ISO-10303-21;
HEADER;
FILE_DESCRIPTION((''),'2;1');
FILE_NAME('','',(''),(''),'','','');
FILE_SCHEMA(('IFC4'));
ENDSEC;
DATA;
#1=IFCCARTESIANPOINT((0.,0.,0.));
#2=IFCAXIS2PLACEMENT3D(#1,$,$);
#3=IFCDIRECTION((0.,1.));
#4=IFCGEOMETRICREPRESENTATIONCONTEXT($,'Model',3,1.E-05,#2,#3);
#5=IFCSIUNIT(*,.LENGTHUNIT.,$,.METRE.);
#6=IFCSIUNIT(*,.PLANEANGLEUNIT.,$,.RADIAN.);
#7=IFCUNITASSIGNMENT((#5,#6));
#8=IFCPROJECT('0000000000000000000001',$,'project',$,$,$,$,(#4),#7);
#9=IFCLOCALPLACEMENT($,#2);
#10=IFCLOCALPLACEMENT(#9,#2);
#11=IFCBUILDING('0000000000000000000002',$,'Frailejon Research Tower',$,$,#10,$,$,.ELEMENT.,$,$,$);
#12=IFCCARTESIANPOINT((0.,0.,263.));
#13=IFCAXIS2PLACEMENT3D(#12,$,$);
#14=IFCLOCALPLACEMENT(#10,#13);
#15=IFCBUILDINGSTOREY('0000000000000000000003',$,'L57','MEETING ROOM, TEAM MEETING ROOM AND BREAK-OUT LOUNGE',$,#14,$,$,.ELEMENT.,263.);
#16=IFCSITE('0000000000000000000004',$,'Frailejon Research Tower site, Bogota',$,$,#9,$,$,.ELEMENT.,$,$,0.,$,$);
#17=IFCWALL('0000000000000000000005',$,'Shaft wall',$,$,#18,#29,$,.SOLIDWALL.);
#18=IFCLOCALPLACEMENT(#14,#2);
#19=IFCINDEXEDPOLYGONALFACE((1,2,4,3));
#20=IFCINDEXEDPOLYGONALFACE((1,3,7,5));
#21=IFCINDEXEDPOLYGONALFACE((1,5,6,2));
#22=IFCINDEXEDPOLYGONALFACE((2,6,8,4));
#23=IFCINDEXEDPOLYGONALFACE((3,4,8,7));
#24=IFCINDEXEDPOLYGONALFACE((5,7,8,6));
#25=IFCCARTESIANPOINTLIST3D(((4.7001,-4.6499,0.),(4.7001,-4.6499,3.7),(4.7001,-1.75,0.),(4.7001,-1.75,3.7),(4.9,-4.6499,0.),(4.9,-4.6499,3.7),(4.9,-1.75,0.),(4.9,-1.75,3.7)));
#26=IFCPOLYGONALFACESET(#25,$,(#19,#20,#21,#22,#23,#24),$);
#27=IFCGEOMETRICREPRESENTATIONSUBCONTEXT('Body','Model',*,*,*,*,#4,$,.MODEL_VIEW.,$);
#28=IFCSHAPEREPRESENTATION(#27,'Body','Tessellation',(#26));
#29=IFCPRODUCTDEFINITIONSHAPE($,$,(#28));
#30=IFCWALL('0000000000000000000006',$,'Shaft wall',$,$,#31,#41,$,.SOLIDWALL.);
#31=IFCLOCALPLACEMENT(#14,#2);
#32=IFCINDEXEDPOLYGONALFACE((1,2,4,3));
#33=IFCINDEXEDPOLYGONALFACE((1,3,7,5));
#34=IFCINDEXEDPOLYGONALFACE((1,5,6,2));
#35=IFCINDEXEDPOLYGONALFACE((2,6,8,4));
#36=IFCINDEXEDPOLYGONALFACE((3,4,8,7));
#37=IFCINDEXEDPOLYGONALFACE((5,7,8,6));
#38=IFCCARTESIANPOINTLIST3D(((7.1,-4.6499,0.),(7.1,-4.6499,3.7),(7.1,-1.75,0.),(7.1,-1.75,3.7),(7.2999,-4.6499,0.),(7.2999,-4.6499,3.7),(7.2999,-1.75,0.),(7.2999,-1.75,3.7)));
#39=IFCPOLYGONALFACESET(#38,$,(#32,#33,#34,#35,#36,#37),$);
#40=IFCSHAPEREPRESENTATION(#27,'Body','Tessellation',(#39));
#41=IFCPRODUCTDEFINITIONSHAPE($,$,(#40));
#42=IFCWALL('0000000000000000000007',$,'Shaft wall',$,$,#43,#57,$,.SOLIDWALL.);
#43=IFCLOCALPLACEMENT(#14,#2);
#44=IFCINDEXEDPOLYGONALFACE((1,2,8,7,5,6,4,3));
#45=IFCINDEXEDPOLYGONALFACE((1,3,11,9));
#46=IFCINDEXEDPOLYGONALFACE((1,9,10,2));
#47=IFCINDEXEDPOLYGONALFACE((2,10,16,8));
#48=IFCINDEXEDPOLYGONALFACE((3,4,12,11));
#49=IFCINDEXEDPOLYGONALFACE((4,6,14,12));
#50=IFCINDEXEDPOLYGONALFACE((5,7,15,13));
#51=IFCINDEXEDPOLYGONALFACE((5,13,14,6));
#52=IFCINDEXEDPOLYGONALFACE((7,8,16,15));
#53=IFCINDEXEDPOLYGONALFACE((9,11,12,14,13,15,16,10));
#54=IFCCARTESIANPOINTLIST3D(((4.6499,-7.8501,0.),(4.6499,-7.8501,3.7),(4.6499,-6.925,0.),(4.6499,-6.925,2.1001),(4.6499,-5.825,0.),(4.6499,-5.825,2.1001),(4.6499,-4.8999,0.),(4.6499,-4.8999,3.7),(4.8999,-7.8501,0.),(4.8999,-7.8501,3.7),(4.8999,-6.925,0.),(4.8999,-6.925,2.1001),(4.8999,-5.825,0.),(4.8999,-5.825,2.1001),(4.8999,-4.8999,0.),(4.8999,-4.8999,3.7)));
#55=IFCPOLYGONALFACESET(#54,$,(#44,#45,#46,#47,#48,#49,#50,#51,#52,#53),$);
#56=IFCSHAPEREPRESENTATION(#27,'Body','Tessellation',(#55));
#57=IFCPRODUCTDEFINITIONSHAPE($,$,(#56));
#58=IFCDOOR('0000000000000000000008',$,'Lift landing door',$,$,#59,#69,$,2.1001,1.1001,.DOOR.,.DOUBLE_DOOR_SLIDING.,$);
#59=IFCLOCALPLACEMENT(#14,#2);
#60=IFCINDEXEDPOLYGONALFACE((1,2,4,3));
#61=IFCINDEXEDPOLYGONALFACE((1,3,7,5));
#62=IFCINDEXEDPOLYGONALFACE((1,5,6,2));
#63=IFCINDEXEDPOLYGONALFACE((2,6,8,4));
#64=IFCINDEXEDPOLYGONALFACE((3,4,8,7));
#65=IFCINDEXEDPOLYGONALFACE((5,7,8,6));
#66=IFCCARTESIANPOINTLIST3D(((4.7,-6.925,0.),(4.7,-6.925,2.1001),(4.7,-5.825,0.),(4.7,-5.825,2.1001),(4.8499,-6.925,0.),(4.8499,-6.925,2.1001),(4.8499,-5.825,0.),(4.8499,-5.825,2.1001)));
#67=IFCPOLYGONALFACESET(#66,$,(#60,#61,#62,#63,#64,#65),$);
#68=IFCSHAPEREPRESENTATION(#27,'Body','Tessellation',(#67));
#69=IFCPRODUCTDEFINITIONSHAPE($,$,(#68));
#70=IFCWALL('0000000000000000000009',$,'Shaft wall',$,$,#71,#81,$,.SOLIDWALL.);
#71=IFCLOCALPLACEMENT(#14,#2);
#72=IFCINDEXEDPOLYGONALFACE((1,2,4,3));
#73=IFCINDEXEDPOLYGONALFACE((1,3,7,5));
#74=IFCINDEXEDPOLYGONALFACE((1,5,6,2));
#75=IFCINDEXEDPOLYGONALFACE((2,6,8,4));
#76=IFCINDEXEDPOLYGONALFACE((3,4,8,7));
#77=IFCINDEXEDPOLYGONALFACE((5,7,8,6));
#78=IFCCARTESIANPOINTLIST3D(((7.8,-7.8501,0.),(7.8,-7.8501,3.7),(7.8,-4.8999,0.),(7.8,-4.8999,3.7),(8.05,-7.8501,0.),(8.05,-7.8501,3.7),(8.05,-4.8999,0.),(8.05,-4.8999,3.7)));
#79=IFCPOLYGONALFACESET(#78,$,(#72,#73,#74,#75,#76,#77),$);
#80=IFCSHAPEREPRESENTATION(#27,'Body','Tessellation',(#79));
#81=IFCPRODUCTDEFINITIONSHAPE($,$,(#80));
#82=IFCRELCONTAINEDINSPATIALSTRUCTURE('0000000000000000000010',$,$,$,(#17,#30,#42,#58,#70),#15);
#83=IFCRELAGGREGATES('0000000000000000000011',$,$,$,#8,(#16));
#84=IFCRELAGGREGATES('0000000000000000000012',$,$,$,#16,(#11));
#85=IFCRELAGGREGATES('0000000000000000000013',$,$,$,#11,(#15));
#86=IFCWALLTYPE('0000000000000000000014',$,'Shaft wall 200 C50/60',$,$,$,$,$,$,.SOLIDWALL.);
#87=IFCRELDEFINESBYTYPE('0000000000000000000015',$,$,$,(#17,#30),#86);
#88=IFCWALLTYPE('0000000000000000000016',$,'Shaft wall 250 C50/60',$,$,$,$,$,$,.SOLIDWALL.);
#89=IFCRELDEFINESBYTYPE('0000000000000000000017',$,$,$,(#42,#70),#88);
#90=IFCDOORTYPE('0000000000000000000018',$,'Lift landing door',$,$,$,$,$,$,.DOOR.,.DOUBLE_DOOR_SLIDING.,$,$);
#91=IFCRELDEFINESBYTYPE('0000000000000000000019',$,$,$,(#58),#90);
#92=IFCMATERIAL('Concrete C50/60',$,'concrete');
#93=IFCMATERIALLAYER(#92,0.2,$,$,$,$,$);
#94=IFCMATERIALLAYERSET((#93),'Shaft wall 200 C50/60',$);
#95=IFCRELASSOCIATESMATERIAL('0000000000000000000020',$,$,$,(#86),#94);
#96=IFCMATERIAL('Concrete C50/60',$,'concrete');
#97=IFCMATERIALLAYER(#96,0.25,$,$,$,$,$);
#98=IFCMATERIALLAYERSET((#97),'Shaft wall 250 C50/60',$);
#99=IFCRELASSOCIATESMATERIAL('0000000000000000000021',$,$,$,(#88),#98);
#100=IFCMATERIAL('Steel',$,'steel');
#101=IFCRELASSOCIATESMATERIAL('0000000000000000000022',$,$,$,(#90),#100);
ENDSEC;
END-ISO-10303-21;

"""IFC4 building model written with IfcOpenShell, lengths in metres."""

from ifc_helpers import new_model, si_unit, direction, frame, frame_2d, origin, place, context, subcontext, project, spatial, rectangle, extrude, material, layer, layer_set, type_object, element, fill, save


model = new_model("IFC4")

# Units and contexts
model_context = context("Model", 3, precision=1e-05, world=origin(), true_north=direction((0.0, 1.0)))
body_context = subcontext(model_context, "Body", "Model", "MODEL_VIEW")
ifc_project = project(units=[si_unit("LENGTHUNIT", "METRE"), si_unit("PLANEANGLEUNIT", "RADIAN")], contexts=[model_context])

# Site, building, storey
site_placement = place(None, origin())
site = spatial("IfcSite", under=ifc_project, at=site_placement, Name="Frailejon Research Tower site, Bogota", CompositionType="ELEMENT", RefElevation=0.0)
building_placement = place(site_placement, origin())
building = spatial("IfcBuilding", under=site, at=building_placement, Name="Frailejon Research Tower", CompositionType="ELEMENT")
storey_placement = place(building_placement, frame((0.0, 0.0, 263.0)))
storey = spatial("IfcBuildingStorey", under=building, at=storey_placement, Name="L57", Description="MEETING ROOM, TEAM MEETING ROOM AND BREAK-OUT LOUNGE", CompositionType="ELEMENT", Elevation=263.0)

# Walls
ifc_material_1 = material(Name="Concrete C50/60", Category="concrete")
ifc_layer_1 = layer(ifc_material_1, 0.2)
ifc_layer_set_1 = layer_set([ifc_layer_1], Name="Shaft wall 200 C50/60")
wall_type_1 = type_object("IfcWallType", Name="Shaft wall 200 C50/60", PredefinedType="SOLIDWALL", material=ifc_layer_set_1)
for number, where, z_axis, x_axis, name in (
    (1, (4.8, -4.6499, 0.0), (0.0, 0.0, 1.0), (0.0, 1.0, 0.0), "Shaft wall"),
    (2, (7.2, -4.6499, 0.0), (0.0, 0.0, 1.0), (0.0, 1.0, 0.0), "Shaft wall"),
):
    element("IfcWall", number, at=place(storey_placement, frame(where, z_axis=z_axis, x_axis=x_axis)), inside=storey, type_object=wall_type_1, Name=name, PredefinedType="SOLIDWALL", context=body_context, shape_type="SweptSolid", body=[
        extrude(rectangle(XDim=2.8999, YDim=0.2, at=frame_2d((1.45, 0.0))), origin(), (0.0, 0.0, 1.0), 3.7),
    ])

# Wall, opening, door
ifc_material_2 = material(Name="Concrete C50/60", Category="concrete")
ifc_layer_2 = layer(ifc_material_2, 0.25)
ifc_layer_set_2 = layer_set([ifc_layer_2], Name="Shaft wall 250 C50/60")
wall_type_2 = type_object("IfcWallType", Name="Shaft wall 250 C50/60", PredefinedType="SOLIDWALL", material=ifc_layer_set_2)
wall_1_placement = place(storey_placement, frame((4.7749, -7.8501, 0.0), z_axis=(0.0, 0.0, 1.0), x_axis=(0.0, 1.0, 0.0)))
wall_1 = element("IfcWall", 3, at=wall_1_placement, inside=storey, type_object=wall_type_2, Name="Shaft wall", PredefinedType="SOLIDWALL", context=body_context, shape_type="SweptSolid", body=[
    extrude(rectangle(XDim=2.9502, YDim=0.25, at=frame_2d((1.4751, 0.0))), origin(), (0.0, 0.0, 1.0), 3.7),
])
opening_1_placement = place(wall_1_placement, frame((0.925, 0.0, 0.0)))
opening_1 = element("IfcOpeningElement", 4, at=opening_1_placement, cuts=wall_1, PredefinedType="OPENING", context=body_context, shape_type="SweptSolid", body=[
    extrude(rectangle(XDim=1.1001, YDim=2.1001, at=frame_2d((0.55, 1.05))), frame((0.0, 0.135, 0.0), z_axis=(0.0, -1.0, 0.0), x_axis=(1.0, 0.0, 0.0)), (0.0, 0.0, 1.0), 0.27),
])
ifc_material_3 = material(Name="Steel", Category="steel")
door_type_1 = type_object("IfcDoorType", Name="Lift landing door", OperationType="DOUBLE_DOOR_SLIDING", PredefinedType="DOOR", material=ifc_material_3)
door_1_placement = place(opening_1_placement, origin())
door_1 = element("IfcDoor", 5, at=door_1_placement, inside=storey, type_object=door_type_1, Name="Lift landing door", OperationType="DOUBLE_DOOR_SLIDING", OverallHeight=2.1001, OverallWidth=1.1001, PredefinedType="DOOR", context=body_context, shape_type="SweptSolid", body=[
    extrude(rectangle(XDim=1.1001, YDim=2.1001, at=frame_2d((0.55, 1.05))), frame((0.0, 0.075, 0.0), z_axis=(0.0, -1.0, 0.0), x_axis=(1.0, 0.0, 0.0)), (0.0, 0.0, 1.0), 0.1499),
])
fill(opening_1, door_1)

# Wall
wall_2_placement = place(storey_placement, frame((7.925, -7.8501, 0.0), z_axis=(0.0, 0.0, 1.0), x_axis=(0.0, 1.0, 0.0)))
element("IfcWall", 6, at=wall_2_placement, inside=storey, type_object=wall_type_2, Name="Shaft wall", PredefinedType="SOLIDWALL", context=body_context, shape_type="SweptSolid", body=[
    extrude(rectangle(XDim=2.9502, YDim=0.25, at=frame_2d((1.4751, 0.0))), origin(), (0.0, 0.0, 1.0), 3.7),
])

save(model, "model.ifc")
